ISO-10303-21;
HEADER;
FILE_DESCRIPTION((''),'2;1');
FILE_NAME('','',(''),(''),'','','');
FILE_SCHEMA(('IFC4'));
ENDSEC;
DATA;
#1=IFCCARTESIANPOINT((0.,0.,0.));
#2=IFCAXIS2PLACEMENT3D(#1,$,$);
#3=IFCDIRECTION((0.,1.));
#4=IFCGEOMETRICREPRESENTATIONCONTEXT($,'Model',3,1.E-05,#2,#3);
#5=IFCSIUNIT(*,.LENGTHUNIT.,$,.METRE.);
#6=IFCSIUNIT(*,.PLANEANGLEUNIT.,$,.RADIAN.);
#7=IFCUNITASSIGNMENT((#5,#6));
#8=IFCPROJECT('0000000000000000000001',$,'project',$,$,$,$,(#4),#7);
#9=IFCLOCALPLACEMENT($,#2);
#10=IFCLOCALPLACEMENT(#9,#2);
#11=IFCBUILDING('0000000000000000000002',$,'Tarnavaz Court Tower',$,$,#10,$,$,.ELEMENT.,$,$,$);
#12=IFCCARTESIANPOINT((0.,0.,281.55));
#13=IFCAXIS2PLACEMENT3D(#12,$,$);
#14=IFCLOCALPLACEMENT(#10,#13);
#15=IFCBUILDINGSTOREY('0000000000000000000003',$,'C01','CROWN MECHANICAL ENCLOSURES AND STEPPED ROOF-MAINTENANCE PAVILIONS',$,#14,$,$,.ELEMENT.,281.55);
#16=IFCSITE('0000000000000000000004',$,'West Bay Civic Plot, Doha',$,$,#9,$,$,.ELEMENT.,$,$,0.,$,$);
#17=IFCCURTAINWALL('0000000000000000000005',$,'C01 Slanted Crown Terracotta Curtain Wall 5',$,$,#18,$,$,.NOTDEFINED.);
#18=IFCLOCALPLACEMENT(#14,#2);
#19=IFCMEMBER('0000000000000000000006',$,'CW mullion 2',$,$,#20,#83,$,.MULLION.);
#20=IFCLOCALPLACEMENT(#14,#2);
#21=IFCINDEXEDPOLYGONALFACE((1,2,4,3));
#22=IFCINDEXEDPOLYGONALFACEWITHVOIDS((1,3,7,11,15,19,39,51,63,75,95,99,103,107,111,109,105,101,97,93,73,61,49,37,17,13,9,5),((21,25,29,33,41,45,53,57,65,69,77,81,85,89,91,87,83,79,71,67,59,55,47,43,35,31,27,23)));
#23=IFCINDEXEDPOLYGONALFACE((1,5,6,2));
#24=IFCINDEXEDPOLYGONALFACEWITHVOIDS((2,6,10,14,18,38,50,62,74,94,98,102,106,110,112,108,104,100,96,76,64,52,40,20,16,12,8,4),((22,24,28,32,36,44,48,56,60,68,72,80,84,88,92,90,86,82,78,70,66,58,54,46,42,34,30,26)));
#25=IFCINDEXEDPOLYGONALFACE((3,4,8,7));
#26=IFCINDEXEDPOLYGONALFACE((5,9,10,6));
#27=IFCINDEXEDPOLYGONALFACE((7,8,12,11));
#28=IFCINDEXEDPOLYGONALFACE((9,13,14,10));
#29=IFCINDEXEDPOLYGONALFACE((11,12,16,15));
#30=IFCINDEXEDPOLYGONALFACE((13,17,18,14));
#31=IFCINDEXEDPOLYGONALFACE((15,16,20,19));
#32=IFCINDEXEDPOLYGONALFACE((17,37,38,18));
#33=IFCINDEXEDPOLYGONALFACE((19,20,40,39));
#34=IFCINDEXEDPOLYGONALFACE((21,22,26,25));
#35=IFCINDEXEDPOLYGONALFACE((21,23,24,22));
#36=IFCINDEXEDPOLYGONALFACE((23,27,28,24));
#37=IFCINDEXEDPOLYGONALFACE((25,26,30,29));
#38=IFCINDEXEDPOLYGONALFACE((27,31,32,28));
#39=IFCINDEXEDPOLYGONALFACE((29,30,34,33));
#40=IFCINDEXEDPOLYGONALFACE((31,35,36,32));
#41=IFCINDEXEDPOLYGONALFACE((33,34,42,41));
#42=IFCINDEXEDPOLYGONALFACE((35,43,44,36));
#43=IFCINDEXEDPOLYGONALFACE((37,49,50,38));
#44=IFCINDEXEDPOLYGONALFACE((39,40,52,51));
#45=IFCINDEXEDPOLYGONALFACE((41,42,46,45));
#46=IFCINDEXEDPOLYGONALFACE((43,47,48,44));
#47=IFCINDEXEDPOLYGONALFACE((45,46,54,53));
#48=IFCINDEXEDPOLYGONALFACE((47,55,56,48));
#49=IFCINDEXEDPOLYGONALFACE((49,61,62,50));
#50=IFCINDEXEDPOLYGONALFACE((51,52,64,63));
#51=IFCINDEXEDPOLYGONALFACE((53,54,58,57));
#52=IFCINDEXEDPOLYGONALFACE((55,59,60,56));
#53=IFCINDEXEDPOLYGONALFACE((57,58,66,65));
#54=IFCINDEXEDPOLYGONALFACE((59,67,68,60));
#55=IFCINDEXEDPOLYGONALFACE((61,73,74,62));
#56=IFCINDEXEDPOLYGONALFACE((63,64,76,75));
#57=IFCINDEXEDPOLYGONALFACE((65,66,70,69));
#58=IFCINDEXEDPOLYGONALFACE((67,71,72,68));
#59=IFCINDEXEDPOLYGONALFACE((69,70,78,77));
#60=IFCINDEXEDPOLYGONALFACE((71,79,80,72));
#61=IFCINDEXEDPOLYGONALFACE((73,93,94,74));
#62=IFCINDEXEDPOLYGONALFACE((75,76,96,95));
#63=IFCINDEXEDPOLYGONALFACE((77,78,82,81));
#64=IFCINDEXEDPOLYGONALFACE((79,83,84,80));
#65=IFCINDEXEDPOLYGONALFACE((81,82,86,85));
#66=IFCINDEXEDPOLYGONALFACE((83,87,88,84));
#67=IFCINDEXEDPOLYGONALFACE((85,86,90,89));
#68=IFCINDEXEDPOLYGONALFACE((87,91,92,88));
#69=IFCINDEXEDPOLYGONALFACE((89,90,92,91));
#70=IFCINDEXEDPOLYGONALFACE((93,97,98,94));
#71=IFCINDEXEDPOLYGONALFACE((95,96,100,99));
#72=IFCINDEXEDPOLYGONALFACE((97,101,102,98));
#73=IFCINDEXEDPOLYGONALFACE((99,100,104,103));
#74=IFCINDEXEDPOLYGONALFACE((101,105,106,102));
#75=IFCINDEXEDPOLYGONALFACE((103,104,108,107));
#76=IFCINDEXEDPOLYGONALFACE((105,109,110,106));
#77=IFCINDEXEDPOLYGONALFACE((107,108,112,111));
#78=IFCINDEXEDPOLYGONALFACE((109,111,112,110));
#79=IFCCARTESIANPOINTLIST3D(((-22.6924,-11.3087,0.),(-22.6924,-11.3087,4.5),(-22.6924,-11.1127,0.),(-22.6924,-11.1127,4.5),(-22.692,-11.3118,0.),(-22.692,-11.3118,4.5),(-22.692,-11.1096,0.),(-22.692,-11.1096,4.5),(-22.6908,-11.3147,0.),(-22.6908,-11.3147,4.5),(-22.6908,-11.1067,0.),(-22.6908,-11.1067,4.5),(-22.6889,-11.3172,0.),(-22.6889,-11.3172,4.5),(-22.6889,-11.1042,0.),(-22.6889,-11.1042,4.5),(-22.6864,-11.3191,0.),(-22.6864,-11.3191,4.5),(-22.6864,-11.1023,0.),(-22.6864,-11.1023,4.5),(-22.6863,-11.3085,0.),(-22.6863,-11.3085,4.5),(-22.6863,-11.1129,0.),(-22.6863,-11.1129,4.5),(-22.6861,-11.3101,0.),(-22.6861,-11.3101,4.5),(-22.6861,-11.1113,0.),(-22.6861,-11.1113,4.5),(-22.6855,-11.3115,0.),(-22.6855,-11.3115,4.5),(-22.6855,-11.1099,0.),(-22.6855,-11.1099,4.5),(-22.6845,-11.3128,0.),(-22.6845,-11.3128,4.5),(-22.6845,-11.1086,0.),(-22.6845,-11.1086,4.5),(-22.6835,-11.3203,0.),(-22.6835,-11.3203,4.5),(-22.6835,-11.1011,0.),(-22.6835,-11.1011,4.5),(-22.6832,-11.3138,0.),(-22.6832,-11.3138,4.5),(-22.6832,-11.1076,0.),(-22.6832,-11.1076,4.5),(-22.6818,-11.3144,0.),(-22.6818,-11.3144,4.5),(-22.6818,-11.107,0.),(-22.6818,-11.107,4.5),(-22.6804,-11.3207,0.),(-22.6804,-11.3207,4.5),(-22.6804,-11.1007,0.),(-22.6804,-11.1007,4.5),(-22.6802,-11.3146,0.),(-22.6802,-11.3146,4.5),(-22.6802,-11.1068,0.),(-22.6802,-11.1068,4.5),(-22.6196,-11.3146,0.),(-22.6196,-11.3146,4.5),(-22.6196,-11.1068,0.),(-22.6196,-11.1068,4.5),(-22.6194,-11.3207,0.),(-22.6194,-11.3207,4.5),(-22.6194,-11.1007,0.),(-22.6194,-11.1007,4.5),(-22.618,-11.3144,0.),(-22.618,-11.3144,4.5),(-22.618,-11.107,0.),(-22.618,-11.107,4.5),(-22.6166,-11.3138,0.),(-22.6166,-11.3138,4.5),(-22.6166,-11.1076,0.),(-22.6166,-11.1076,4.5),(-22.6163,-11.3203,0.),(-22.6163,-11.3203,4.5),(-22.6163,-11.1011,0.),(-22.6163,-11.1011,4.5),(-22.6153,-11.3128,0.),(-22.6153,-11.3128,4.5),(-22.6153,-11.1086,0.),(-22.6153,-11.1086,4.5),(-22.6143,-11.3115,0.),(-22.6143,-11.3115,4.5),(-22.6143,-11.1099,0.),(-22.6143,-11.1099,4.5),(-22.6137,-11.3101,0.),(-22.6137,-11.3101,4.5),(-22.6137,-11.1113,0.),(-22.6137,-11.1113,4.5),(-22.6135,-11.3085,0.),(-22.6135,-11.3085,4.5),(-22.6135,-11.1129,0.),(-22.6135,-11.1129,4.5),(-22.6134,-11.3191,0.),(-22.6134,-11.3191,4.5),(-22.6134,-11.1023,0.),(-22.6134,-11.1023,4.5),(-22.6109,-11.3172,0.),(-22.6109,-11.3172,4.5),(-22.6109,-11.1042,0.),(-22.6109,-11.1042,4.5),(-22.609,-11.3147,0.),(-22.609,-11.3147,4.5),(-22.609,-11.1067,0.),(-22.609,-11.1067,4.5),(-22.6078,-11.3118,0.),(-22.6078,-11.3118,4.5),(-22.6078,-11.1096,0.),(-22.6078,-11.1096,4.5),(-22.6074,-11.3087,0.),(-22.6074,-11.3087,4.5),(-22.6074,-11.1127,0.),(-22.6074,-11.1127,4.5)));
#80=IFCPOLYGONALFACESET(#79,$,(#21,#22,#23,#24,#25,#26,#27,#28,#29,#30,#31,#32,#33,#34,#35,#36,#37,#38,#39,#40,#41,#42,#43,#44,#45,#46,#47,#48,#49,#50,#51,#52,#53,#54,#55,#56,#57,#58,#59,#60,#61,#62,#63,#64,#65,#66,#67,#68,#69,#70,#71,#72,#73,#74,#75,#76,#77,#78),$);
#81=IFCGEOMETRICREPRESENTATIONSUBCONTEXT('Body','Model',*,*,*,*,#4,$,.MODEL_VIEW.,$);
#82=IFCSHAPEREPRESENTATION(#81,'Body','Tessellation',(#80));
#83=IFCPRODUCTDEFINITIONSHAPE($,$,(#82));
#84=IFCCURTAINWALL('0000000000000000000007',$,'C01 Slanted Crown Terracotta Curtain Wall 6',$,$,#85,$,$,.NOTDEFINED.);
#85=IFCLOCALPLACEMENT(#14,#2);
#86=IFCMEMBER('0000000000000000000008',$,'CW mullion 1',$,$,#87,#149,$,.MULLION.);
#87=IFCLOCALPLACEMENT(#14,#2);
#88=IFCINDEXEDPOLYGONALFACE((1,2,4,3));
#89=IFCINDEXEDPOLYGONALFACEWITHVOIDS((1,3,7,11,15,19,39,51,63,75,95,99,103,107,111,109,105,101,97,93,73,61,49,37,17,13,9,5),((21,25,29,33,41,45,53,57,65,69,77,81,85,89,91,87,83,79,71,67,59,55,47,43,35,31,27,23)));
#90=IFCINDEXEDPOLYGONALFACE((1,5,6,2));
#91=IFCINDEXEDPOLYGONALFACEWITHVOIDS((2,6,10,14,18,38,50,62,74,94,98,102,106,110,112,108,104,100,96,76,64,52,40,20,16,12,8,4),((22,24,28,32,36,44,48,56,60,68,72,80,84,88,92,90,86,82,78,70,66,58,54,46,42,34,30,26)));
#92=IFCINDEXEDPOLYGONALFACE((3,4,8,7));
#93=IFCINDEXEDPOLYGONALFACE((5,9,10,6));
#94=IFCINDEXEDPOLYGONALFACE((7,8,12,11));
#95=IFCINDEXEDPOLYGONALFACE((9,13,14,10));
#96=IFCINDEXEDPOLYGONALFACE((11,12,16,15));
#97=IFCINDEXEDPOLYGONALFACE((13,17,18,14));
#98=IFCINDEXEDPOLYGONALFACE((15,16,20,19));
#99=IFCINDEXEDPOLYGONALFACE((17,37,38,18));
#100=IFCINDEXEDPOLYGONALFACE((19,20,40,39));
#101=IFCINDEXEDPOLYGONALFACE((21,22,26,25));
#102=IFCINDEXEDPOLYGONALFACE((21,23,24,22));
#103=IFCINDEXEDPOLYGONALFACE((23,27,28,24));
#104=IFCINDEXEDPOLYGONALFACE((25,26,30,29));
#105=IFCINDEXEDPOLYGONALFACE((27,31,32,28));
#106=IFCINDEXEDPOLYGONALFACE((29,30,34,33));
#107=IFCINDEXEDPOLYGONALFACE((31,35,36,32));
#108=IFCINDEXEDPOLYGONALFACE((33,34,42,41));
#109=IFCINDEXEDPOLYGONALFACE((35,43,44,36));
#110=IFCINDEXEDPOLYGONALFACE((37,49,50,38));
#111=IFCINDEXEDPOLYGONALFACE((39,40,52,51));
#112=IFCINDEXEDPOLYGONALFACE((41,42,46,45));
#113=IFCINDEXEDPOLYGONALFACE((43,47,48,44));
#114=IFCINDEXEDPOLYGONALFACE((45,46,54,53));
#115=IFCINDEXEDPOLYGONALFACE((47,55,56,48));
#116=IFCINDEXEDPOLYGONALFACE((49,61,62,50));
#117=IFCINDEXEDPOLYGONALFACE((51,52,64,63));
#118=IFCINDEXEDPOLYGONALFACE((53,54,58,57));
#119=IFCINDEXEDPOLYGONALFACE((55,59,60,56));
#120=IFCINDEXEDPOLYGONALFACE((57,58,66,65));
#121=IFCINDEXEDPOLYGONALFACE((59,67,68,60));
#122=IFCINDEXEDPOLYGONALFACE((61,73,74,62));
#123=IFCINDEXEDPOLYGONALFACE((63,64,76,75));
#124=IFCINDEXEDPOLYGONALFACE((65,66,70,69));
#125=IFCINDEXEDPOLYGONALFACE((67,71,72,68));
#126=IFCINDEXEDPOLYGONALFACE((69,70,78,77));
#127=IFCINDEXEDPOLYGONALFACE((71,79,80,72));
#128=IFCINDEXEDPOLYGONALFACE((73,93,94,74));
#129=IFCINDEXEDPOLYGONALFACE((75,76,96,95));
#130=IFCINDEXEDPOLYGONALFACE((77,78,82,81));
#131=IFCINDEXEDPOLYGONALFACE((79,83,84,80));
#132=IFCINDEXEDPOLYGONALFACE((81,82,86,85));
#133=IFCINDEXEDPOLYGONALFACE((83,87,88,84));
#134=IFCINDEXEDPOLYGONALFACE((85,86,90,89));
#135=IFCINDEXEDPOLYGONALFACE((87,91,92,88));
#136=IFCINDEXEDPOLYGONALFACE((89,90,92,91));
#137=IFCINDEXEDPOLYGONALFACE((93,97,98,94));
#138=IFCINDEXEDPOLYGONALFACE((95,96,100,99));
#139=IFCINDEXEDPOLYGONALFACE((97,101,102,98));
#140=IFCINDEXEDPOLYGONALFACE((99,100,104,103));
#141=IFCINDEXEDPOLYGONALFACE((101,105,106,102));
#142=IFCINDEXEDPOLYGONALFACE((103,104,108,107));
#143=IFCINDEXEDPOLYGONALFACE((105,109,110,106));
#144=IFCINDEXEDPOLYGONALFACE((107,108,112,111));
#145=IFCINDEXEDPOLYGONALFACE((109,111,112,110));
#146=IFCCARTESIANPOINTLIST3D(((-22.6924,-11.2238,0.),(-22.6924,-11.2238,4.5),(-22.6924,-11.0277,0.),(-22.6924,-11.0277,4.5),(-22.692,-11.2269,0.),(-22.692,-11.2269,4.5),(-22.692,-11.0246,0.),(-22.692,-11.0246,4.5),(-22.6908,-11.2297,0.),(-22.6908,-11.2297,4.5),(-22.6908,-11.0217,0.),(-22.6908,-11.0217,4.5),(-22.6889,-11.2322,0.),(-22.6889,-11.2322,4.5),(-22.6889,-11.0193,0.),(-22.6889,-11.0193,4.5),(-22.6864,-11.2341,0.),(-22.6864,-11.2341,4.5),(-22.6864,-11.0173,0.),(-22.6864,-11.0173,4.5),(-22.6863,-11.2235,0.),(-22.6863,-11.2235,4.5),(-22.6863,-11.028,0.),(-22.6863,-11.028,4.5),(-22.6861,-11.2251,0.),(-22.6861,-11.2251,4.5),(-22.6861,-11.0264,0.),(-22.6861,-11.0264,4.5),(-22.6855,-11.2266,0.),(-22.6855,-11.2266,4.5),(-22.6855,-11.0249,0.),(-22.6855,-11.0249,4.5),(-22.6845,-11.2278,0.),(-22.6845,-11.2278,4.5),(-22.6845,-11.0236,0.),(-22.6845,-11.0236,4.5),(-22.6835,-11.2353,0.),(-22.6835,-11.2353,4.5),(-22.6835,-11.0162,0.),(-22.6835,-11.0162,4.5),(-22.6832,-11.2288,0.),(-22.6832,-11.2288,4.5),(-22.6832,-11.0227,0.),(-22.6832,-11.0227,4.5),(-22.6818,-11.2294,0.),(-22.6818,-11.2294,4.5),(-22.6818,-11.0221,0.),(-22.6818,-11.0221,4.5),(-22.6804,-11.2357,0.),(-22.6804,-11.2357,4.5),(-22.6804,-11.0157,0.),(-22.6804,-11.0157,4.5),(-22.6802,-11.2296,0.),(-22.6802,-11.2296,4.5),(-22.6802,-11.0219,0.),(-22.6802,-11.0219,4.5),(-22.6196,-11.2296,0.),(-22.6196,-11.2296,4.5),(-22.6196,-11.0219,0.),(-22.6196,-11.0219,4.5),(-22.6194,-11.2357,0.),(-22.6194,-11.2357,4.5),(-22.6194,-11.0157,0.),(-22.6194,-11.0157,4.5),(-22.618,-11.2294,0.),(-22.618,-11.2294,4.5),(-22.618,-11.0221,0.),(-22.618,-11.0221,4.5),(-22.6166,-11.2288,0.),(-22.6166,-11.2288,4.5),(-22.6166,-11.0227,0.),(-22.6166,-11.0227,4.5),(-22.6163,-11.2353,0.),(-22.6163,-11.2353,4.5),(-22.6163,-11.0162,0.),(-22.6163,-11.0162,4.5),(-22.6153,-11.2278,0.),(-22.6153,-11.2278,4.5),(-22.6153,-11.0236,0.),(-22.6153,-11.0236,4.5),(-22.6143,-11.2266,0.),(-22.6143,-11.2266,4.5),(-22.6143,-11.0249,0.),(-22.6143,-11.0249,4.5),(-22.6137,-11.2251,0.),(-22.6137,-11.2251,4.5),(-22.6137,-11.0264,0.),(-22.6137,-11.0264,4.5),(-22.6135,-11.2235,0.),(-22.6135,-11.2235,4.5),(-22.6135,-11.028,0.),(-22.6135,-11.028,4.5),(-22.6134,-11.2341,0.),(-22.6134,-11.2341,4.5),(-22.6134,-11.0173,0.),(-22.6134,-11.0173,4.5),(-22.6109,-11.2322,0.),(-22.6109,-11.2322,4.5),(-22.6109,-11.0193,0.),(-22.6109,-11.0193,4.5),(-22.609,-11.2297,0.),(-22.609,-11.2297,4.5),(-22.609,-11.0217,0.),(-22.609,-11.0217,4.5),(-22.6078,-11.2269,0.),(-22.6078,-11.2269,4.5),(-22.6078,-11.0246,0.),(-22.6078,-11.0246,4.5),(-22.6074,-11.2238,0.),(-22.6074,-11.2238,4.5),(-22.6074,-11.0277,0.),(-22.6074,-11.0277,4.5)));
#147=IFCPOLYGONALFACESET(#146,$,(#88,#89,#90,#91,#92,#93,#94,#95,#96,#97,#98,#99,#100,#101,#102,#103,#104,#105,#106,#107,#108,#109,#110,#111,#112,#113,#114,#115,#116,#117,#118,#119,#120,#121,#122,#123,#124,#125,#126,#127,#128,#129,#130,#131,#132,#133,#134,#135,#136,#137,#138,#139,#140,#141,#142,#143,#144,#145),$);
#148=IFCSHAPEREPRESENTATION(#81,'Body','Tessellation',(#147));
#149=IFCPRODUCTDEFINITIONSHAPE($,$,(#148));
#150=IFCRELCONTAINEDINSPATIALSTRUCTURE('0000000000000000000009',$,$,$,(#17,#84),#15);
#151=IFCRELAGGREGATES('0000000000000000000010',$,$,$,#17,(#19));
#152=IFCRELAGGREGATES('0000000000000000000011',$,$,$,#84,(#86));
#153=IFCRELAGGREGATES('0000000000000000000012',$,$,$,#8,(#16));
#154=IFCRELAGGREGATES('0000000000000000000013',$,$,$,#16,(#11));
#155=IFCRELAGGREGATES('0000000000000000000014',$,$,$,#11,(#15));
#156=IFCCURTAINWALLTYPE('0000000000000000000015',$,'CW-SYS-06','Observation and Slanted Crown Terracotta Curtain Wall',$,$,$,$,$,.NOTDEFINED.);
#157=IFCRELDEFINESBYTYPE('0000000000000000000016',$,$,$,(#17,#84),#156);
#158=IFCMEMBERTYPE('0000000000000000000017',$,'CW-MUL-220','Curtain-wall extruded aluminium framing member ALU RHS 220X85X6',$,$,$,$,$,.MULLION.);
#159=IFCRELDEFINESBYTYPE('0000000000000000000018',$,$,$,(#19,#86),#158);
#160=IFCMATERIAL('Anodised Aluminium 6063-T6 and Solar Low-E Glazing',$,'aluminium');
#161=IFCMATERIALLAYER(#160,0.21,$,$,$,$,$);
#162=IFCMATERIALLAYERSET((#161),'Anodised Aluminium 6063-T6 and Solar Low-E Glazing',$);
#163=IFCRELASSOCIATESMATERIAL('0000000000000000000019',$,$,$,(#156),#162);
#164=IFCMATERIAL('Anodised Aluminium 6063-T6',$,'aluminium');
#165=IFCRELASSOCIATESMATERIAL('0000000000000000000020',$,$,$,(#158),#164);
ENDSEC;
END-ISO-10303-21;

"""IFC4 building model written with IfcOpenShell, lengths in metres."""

from ifc_helpers import new_model, si_unit, direction, frame, origin, origin_2d, place, context, subcontext, project, spatial, hollow_rectangle, extrude, material, layer, layer_set, material_profile, profile_set, type_object, element, aggregate, save


model = new_model("IFC4")

# Units and contexts
model_context = context("Model", 3, precision=1e-05, world=origin(), true_north=direction((0.0, 1.0)))
body_context = subcontext(model_context, "Body", "Model", "MODEL_VIEW")
ifc_project = project(units=[si_unit("LENGTHUNIT", "METRE"), si_unit("PLANEANGLEUNIT", "RADIAN")], contexts=[model_context])

# Site, building, storey
site_placement = place(None, origin())
site = spatial("IfcSite", under=ifc_project, at=site_placement, Name="West Bay Civic Plot, Doha", CompositionType="ELEMENT", RefElevation=0.0)
building_placement = place(site_placement, origin())
building = spatial("IfcBuilding", under=site, at=building_placement, Name="Tarnavaz Court Tower", CompositionType="ELEMENT")
storey_placement = place(building_placement, frame((0.0, 0.0, 281.55)))
storey = spatial("IfcBuildingStorey", under=building, at=storey_placement, Name="C01", Description="CROWN MECHANICAL ENCLOSURES AND STEPPED ROOF-MAINTENANCE PAVILIONS", CompositionType="ELEMENT", Elevation=281.55)

# Curtain wall, member
ifc_material_1 = material(Name="Anodised Aluminium 6063-T6 and Solar Low-E Glazing", Category="aluminium")
ifc_layer_1 = layer(ifc_material_1, 0.21)
ifc_layer_set_1 = layer_set([ifc_layer_1], Name="Anodised Aluminium 6063-T6 and Solar Low-E Glazing")
curtain_wall_type = type_object("IfcCurtainWallType", Name="CW-SYS-06", Description="Observation and Slanted Crown Terracotta Curtain Wall", PredefinedType="NOTDEFINED", material=ifc_layer_set_1)
curtain_wall_1_placement = place(storey_placement, origin())
curtain_wall_1 = element("IfcCurtainWall", 1, at=curtain_wall_1_placement, inside=storey, type_object=curtain_wall_type, Name="C01 Slanted Crown Terracotta Curtain Wall 5", PredefinedType="NOTDEFINED")
ifc_material_2 = material(Name="Anodised Aluminium 6063-T6", Category="aluminium")
ifc_material_profile_1 = material_profile(ifc_material_2, hollow_rectangle(XDim=0.085, YDim=0.22, WallThickness=0.0061, InnerFilletRadius=0.0061, OuterFilletRadius=0.012, at=origin_2d()), Name="ALU RHS 220X85X6")
ifc_profile_set_1 = profile_set([ifc_material_profile_1], Name="Anodised Aluminium 6063-T6")
member_type_1 = type_object("IfcMemberType", Name="CW-MUL-220", Description="Curtain-wall extruded aluminium framing member ALU RHS 220X85X6", PredefinedType="MULLION", material=ifc_profile_set_1)
member_1_placement = place(storey_placement, frame((-22.6499, -11.2107, 0.0), z_axis=(0.0, 0.0, 1.0), x_axis=(-1.0, 0.0, 0.0)))
member_1 = element("IfcMember", 2, at=member_1_placement, type_object=member_type_1, Name="CW mullion 2", PredefinedType="MULLION", context=body_context, shape_type="SweptSolid", body=[
    extrude(hollow_rectangle(XDim=0.085, YDim=0.22, WallThickness=0.0061, InnerFilletRadius=0.0061, OuterFilletRadius=0.012, at=origin_2d()), origin(), (0.0, 0.0, 1.0), 4.5),
])

# Curtain wall, member
curtain_wall_2_placement = place(storey_placement, origin())
curtain_wall_2 = element("IfcCurtainWall", 3, at=curtain_wall_2_placement, inside=storey, type_object=curtain_wall_type, Name="C01 Slanted Crown Terracotta Curtain Wall 6", PredefinedType="NOTDEFINED")
member_2_placement = place(storey_placement, frame((-22.6499, -11.1257, 0.0), z_axis=(0.0, 0.0, 1.0), x_axis=(-1.0, 0.0, 0.0)))
member_2 = element("IfcMember", 4, at=member_2_placement, type_object=member_type_1, Name="CW mullion 1", PredefinedType="MULLION", context=body_context, shape_type="SweptSolid", body=[
    extrude(hollow_rectangle(XDim=0.085, YDim=0.22, WallThickness=0.0061, InnerFilletRadius=0.0061, OuterFilletRadius=0.012, at=origin_2d()), origin(), (0.0, 0.0, 1.0), 4.5),
])

aggregate(curtain_wall_1, [member_1])
aggregate(curtain_wall_2, [member_2])

save(model, "model.ifc")
